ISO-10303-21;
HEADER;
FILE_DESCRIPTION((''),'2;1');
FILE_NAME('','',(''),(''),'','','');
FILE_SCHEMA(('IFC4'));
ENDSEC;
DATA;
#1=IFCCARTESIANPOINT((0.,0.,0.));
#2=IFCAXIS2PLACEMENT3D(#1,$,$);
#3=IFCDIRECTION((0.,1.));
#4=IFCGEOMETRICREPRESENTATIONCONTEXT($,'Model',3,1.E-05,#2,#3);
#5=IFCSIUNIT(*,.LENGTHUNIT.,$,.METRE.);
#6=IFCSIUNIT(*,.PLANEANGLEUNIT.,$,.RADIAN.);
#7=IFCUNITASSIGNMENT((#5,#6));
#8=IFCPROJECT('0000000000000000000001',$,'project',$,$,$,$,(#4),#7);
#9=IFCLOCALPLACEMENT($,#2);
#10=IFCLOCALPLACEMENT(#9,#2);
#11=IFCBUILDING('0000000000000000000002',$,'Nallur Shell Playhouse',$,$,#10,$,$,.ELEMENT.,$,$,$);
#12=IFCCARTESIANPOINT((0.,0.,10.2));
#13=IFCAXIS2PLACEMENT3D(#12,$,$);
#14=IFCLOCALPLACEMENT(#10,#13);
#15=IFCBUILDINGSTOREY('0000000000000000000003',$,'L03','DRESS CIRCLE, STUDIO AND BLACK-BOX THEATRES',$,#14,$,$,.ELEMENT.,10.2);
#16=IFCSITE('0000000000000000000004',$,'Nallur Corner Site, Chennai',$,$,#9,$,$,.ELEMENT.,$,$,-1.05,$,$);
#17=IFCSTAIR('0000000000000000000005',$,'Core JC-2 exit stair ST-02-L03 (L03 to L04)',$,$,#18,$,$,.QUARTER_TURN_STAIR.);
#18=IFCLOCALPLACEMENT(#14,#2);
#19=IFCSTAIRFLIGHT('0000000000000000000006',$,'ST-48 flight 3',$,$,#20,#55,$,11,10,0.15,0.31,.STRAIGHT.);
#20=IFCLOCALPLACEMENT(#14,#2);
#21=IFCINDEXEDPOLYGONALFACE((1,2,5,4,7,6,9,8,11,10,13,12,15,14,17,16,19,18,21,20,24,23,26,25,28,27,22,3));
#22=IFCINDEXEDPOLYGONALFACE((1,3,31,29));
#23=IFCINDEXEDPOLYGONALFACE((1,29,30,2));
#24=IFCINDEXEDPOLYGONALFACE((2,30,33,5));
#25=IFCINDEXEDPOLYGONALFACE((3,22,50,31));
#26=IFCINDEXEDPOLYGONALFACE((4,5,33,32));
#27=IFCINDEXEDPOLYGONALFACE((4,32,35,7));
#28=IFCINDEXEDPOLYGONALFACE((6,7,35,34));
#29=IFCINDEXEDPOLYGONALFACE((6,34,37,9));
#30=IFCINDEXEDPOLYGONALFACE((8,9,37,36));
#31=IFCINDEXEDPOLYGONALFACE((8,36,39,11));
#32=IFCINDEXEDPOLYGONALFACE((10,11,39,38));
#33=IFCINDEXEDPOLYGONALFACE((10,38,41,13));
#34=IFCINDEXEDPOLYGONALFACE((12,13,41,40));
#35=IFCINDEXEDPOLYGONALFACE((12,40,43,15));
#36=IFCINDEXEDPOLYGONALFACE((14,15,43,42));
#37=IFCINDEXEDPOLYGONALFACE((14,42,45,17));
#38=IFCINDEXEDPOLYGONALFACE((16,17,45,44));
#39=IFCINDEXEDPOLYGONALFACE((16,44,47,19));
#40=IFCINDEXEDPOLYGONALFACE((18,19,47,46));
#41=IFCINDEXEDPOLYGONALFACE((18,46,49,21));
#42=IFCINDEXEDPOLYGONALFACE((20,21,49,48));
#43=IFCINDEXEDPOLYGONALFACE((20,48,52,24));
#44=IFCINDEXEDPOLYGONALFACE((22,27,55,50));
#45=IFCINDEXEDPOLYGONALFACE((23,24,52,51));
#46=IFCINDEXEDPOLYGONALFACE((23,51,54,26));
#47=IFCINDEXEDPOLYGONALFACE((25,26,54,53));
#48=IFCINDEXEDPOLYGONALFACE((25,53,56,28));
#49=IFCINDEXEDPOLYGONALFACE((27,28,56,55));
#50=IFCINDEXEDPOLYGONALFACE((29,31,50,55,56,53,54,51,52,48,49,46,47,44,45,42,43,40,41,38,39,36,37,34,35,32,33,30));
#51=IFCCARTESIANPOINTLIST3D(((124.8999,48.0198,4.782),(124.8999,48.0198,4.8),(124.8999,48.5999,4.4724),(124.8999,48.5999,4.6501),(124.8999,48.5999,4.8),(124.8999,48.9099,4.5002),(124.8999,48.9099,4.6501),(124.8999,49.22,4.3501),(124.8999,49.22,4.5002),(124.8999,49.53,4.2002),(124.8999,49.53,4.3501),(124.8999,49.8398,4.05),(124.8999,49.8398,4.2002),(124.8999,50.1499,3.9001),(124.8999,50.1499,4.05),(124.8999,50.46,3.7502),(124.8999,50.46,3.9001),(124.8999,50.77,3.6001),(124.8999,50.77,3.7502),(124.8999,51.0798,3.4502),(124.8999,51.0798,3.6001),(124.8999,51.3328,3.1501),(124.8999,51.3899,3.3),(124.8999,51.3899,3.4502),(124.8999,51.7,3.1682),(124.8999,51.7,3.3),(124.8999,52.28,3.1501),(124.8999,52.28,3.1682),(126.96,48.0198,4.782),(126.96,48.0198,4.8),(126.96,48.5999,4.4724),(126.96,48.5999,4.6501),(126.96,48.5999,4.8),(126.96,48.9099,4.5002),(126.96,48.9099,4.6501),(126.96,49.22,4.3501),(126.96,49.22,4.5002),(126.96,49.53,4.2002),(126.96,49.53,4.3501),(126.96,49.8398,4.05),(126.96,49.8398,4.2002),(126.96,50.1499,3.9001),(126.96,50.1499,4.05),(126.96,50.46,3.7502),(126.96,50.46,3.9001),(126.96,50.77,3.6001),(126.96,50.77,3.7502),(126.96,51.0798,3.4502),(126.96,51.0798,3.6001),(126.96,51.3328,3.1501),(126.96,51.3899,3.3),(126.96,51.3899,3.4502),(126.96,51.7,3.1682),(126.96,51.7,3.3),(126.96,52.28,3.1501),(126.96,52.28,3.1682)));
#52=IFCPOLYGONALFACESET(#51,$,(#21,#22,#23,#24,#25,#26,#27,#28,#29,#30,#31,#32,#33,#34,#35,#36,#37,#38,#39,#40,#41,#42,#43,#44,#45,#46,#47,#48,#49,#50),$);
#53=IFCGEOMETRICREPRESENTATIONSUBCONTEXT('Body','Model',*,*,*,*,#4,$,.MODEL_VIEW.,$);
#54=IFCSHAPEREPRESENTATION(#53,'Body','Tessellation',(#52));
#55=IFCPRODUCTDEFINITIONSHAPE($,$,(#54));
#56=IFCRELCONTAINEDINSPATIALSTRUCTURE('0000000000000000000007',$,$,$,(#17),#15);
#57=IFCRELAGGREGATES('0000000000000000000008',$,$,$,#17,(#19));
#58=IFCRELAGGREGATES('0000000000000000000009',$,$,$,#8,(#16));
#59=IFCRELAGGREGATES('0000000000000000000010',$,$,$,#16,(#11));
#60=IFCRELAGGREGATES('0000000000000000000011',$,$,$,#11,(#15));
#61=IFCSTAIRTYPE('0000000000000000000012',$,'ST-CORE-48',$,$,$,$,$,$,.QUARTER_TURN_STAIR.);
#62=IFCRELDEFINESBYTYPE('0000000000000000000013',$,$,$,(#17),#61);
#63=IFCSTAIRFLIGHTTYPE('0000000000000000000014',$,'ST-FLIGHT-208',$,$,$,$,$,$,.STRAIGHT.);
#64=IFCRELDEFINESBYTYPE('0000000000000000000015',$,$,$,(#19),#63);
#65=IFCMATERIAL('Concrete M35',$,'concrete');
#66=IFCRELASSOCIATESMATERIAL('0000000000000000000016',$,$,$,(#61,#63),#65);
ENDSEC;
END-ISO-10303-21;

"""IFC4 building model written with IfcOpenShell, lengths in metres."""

from ifc_helpers import new_model, si_unit, direction, frame, origin, place, context, subcontext, project, spatial, polyline, outline, extrude, material, type_object, element, aggregate, save


model = new_model("IFC4")

# Units and contexts
model_context = context("Model", 3, precision=1e-05, world=origin(), true_north=direction((0.0, 1.0)))
body_context = subcontext(model_context, "Body", "Model", "MODEL_VIEW")
ifc_project = project(units=[si_unit("LENGTHUNIT", "METRE"), si_unit("PLANEANGLEUNIT", "RADIAN")], contexts=[model_context])

# Site, building, storey
site_placement = place(None, origin())
site = spatial("IfcSite", under=ifc_project, at=site_placement, Name="Nallur Corner Site, Chennai", CompositionType="ELEMENT", RefElevation=-1.05)
building_placement = place(site_placement, origin())
building = spatial("IfcBuilding", under=site, at=building_placement, Name="Nallur Shell Playhouse", CompositionType="ELEMENT")
storey_placement = place(building_placement, frame((0.0, 0.0, 10.2)))
storey = spatial("IfcBuildingStorey", under=building, at=storey_placement, Name="L03", Description="DRESS CIRCLE, STUDIO AND BLACK-BOX THEATRES", CompositionType="ELEMENT", Elevation=10.2)

# Shared definitions
ifc_material_1 = material(Name="Concrete M35", Category="concrete")

# Stair, stair flight
stair_type = type_object("IfcStairType", Name="ST-CORE-48", PredefinedType="QUARTER_TURN_STAIR", material=ifc_material_1)
stair_placement = place(storey_placement, origin())
stair = element("IfcStair", 1, at=stair_placement, inside=storey, type_object=stair_type, Name="Core JC-2 exit stair ST-02-L03 (L03 to L04)", PredefinedType="QUARTER_TURN_STAIR")
stair_flight_type = type_object("IfcStairFlightType", Name="ST-FLIGHT-208", PredefinedType="STRAIGHT", material=ifc_material_1)
stair_flight_1_placement = place(storey_placement, frame((125.9299, 51.7, 3.1501), z_axis=(0.0, 0.0, 1.0), x_axis=(0.0, -1.0, 0.0)))
stair_flight_1 = element("IfcStairFlight", 2, at=stair_flight_1_placement, type_object=stair_flight_type, Name="ST-48 flight 3", NumberOfRisers=11, NumberOfTreads=10, PredefinedType="STRAIGHT", RiserHeight=0.15, TreadLength=0.31, context=body_context, shape_type="SweptSolid", body=[
    extrude(outline(polyline([(-0.5801, 0.0), (-0.5801, 0.0181), (0.0, 0.0181), (0.0, 0.1499), (0.3101, 0.1499), (0.3101, 0.3), (0.6201, 0.3), (0.6201, 0.45), (0.9299, 0.45), (0.9299, 0.6001), (1.24, 0.6001), (1.24, 0.75), (1.55, 0.75), (1.55, 0.8999), (1.8601, 0.8999), (1.8601, 1.05), (2.1699, 1.05), (2.1699, 1.2), (2.48, 1.2), (2.48, 1.3501), (2.79, 1.3501), (2.79, 1.5), (3.1001, 1.5), (3.1001, 1.6499), (3.6802, 1.6499), (3.6802, 1.6318), (3.1001, 1.3223), (0.3672, 0.0), (-0.5801, 0.0)])), frame((0.0, 1.03, 0.0), z_axis=(0.0, -1.0, 0.0), x_axis=(1.0, 0.0, 0.0)), (0.0, 0.0, 1.0), 2.0601),
])
aggregate(stair, [stair_flight_1])

save(model, "model.ifc")
